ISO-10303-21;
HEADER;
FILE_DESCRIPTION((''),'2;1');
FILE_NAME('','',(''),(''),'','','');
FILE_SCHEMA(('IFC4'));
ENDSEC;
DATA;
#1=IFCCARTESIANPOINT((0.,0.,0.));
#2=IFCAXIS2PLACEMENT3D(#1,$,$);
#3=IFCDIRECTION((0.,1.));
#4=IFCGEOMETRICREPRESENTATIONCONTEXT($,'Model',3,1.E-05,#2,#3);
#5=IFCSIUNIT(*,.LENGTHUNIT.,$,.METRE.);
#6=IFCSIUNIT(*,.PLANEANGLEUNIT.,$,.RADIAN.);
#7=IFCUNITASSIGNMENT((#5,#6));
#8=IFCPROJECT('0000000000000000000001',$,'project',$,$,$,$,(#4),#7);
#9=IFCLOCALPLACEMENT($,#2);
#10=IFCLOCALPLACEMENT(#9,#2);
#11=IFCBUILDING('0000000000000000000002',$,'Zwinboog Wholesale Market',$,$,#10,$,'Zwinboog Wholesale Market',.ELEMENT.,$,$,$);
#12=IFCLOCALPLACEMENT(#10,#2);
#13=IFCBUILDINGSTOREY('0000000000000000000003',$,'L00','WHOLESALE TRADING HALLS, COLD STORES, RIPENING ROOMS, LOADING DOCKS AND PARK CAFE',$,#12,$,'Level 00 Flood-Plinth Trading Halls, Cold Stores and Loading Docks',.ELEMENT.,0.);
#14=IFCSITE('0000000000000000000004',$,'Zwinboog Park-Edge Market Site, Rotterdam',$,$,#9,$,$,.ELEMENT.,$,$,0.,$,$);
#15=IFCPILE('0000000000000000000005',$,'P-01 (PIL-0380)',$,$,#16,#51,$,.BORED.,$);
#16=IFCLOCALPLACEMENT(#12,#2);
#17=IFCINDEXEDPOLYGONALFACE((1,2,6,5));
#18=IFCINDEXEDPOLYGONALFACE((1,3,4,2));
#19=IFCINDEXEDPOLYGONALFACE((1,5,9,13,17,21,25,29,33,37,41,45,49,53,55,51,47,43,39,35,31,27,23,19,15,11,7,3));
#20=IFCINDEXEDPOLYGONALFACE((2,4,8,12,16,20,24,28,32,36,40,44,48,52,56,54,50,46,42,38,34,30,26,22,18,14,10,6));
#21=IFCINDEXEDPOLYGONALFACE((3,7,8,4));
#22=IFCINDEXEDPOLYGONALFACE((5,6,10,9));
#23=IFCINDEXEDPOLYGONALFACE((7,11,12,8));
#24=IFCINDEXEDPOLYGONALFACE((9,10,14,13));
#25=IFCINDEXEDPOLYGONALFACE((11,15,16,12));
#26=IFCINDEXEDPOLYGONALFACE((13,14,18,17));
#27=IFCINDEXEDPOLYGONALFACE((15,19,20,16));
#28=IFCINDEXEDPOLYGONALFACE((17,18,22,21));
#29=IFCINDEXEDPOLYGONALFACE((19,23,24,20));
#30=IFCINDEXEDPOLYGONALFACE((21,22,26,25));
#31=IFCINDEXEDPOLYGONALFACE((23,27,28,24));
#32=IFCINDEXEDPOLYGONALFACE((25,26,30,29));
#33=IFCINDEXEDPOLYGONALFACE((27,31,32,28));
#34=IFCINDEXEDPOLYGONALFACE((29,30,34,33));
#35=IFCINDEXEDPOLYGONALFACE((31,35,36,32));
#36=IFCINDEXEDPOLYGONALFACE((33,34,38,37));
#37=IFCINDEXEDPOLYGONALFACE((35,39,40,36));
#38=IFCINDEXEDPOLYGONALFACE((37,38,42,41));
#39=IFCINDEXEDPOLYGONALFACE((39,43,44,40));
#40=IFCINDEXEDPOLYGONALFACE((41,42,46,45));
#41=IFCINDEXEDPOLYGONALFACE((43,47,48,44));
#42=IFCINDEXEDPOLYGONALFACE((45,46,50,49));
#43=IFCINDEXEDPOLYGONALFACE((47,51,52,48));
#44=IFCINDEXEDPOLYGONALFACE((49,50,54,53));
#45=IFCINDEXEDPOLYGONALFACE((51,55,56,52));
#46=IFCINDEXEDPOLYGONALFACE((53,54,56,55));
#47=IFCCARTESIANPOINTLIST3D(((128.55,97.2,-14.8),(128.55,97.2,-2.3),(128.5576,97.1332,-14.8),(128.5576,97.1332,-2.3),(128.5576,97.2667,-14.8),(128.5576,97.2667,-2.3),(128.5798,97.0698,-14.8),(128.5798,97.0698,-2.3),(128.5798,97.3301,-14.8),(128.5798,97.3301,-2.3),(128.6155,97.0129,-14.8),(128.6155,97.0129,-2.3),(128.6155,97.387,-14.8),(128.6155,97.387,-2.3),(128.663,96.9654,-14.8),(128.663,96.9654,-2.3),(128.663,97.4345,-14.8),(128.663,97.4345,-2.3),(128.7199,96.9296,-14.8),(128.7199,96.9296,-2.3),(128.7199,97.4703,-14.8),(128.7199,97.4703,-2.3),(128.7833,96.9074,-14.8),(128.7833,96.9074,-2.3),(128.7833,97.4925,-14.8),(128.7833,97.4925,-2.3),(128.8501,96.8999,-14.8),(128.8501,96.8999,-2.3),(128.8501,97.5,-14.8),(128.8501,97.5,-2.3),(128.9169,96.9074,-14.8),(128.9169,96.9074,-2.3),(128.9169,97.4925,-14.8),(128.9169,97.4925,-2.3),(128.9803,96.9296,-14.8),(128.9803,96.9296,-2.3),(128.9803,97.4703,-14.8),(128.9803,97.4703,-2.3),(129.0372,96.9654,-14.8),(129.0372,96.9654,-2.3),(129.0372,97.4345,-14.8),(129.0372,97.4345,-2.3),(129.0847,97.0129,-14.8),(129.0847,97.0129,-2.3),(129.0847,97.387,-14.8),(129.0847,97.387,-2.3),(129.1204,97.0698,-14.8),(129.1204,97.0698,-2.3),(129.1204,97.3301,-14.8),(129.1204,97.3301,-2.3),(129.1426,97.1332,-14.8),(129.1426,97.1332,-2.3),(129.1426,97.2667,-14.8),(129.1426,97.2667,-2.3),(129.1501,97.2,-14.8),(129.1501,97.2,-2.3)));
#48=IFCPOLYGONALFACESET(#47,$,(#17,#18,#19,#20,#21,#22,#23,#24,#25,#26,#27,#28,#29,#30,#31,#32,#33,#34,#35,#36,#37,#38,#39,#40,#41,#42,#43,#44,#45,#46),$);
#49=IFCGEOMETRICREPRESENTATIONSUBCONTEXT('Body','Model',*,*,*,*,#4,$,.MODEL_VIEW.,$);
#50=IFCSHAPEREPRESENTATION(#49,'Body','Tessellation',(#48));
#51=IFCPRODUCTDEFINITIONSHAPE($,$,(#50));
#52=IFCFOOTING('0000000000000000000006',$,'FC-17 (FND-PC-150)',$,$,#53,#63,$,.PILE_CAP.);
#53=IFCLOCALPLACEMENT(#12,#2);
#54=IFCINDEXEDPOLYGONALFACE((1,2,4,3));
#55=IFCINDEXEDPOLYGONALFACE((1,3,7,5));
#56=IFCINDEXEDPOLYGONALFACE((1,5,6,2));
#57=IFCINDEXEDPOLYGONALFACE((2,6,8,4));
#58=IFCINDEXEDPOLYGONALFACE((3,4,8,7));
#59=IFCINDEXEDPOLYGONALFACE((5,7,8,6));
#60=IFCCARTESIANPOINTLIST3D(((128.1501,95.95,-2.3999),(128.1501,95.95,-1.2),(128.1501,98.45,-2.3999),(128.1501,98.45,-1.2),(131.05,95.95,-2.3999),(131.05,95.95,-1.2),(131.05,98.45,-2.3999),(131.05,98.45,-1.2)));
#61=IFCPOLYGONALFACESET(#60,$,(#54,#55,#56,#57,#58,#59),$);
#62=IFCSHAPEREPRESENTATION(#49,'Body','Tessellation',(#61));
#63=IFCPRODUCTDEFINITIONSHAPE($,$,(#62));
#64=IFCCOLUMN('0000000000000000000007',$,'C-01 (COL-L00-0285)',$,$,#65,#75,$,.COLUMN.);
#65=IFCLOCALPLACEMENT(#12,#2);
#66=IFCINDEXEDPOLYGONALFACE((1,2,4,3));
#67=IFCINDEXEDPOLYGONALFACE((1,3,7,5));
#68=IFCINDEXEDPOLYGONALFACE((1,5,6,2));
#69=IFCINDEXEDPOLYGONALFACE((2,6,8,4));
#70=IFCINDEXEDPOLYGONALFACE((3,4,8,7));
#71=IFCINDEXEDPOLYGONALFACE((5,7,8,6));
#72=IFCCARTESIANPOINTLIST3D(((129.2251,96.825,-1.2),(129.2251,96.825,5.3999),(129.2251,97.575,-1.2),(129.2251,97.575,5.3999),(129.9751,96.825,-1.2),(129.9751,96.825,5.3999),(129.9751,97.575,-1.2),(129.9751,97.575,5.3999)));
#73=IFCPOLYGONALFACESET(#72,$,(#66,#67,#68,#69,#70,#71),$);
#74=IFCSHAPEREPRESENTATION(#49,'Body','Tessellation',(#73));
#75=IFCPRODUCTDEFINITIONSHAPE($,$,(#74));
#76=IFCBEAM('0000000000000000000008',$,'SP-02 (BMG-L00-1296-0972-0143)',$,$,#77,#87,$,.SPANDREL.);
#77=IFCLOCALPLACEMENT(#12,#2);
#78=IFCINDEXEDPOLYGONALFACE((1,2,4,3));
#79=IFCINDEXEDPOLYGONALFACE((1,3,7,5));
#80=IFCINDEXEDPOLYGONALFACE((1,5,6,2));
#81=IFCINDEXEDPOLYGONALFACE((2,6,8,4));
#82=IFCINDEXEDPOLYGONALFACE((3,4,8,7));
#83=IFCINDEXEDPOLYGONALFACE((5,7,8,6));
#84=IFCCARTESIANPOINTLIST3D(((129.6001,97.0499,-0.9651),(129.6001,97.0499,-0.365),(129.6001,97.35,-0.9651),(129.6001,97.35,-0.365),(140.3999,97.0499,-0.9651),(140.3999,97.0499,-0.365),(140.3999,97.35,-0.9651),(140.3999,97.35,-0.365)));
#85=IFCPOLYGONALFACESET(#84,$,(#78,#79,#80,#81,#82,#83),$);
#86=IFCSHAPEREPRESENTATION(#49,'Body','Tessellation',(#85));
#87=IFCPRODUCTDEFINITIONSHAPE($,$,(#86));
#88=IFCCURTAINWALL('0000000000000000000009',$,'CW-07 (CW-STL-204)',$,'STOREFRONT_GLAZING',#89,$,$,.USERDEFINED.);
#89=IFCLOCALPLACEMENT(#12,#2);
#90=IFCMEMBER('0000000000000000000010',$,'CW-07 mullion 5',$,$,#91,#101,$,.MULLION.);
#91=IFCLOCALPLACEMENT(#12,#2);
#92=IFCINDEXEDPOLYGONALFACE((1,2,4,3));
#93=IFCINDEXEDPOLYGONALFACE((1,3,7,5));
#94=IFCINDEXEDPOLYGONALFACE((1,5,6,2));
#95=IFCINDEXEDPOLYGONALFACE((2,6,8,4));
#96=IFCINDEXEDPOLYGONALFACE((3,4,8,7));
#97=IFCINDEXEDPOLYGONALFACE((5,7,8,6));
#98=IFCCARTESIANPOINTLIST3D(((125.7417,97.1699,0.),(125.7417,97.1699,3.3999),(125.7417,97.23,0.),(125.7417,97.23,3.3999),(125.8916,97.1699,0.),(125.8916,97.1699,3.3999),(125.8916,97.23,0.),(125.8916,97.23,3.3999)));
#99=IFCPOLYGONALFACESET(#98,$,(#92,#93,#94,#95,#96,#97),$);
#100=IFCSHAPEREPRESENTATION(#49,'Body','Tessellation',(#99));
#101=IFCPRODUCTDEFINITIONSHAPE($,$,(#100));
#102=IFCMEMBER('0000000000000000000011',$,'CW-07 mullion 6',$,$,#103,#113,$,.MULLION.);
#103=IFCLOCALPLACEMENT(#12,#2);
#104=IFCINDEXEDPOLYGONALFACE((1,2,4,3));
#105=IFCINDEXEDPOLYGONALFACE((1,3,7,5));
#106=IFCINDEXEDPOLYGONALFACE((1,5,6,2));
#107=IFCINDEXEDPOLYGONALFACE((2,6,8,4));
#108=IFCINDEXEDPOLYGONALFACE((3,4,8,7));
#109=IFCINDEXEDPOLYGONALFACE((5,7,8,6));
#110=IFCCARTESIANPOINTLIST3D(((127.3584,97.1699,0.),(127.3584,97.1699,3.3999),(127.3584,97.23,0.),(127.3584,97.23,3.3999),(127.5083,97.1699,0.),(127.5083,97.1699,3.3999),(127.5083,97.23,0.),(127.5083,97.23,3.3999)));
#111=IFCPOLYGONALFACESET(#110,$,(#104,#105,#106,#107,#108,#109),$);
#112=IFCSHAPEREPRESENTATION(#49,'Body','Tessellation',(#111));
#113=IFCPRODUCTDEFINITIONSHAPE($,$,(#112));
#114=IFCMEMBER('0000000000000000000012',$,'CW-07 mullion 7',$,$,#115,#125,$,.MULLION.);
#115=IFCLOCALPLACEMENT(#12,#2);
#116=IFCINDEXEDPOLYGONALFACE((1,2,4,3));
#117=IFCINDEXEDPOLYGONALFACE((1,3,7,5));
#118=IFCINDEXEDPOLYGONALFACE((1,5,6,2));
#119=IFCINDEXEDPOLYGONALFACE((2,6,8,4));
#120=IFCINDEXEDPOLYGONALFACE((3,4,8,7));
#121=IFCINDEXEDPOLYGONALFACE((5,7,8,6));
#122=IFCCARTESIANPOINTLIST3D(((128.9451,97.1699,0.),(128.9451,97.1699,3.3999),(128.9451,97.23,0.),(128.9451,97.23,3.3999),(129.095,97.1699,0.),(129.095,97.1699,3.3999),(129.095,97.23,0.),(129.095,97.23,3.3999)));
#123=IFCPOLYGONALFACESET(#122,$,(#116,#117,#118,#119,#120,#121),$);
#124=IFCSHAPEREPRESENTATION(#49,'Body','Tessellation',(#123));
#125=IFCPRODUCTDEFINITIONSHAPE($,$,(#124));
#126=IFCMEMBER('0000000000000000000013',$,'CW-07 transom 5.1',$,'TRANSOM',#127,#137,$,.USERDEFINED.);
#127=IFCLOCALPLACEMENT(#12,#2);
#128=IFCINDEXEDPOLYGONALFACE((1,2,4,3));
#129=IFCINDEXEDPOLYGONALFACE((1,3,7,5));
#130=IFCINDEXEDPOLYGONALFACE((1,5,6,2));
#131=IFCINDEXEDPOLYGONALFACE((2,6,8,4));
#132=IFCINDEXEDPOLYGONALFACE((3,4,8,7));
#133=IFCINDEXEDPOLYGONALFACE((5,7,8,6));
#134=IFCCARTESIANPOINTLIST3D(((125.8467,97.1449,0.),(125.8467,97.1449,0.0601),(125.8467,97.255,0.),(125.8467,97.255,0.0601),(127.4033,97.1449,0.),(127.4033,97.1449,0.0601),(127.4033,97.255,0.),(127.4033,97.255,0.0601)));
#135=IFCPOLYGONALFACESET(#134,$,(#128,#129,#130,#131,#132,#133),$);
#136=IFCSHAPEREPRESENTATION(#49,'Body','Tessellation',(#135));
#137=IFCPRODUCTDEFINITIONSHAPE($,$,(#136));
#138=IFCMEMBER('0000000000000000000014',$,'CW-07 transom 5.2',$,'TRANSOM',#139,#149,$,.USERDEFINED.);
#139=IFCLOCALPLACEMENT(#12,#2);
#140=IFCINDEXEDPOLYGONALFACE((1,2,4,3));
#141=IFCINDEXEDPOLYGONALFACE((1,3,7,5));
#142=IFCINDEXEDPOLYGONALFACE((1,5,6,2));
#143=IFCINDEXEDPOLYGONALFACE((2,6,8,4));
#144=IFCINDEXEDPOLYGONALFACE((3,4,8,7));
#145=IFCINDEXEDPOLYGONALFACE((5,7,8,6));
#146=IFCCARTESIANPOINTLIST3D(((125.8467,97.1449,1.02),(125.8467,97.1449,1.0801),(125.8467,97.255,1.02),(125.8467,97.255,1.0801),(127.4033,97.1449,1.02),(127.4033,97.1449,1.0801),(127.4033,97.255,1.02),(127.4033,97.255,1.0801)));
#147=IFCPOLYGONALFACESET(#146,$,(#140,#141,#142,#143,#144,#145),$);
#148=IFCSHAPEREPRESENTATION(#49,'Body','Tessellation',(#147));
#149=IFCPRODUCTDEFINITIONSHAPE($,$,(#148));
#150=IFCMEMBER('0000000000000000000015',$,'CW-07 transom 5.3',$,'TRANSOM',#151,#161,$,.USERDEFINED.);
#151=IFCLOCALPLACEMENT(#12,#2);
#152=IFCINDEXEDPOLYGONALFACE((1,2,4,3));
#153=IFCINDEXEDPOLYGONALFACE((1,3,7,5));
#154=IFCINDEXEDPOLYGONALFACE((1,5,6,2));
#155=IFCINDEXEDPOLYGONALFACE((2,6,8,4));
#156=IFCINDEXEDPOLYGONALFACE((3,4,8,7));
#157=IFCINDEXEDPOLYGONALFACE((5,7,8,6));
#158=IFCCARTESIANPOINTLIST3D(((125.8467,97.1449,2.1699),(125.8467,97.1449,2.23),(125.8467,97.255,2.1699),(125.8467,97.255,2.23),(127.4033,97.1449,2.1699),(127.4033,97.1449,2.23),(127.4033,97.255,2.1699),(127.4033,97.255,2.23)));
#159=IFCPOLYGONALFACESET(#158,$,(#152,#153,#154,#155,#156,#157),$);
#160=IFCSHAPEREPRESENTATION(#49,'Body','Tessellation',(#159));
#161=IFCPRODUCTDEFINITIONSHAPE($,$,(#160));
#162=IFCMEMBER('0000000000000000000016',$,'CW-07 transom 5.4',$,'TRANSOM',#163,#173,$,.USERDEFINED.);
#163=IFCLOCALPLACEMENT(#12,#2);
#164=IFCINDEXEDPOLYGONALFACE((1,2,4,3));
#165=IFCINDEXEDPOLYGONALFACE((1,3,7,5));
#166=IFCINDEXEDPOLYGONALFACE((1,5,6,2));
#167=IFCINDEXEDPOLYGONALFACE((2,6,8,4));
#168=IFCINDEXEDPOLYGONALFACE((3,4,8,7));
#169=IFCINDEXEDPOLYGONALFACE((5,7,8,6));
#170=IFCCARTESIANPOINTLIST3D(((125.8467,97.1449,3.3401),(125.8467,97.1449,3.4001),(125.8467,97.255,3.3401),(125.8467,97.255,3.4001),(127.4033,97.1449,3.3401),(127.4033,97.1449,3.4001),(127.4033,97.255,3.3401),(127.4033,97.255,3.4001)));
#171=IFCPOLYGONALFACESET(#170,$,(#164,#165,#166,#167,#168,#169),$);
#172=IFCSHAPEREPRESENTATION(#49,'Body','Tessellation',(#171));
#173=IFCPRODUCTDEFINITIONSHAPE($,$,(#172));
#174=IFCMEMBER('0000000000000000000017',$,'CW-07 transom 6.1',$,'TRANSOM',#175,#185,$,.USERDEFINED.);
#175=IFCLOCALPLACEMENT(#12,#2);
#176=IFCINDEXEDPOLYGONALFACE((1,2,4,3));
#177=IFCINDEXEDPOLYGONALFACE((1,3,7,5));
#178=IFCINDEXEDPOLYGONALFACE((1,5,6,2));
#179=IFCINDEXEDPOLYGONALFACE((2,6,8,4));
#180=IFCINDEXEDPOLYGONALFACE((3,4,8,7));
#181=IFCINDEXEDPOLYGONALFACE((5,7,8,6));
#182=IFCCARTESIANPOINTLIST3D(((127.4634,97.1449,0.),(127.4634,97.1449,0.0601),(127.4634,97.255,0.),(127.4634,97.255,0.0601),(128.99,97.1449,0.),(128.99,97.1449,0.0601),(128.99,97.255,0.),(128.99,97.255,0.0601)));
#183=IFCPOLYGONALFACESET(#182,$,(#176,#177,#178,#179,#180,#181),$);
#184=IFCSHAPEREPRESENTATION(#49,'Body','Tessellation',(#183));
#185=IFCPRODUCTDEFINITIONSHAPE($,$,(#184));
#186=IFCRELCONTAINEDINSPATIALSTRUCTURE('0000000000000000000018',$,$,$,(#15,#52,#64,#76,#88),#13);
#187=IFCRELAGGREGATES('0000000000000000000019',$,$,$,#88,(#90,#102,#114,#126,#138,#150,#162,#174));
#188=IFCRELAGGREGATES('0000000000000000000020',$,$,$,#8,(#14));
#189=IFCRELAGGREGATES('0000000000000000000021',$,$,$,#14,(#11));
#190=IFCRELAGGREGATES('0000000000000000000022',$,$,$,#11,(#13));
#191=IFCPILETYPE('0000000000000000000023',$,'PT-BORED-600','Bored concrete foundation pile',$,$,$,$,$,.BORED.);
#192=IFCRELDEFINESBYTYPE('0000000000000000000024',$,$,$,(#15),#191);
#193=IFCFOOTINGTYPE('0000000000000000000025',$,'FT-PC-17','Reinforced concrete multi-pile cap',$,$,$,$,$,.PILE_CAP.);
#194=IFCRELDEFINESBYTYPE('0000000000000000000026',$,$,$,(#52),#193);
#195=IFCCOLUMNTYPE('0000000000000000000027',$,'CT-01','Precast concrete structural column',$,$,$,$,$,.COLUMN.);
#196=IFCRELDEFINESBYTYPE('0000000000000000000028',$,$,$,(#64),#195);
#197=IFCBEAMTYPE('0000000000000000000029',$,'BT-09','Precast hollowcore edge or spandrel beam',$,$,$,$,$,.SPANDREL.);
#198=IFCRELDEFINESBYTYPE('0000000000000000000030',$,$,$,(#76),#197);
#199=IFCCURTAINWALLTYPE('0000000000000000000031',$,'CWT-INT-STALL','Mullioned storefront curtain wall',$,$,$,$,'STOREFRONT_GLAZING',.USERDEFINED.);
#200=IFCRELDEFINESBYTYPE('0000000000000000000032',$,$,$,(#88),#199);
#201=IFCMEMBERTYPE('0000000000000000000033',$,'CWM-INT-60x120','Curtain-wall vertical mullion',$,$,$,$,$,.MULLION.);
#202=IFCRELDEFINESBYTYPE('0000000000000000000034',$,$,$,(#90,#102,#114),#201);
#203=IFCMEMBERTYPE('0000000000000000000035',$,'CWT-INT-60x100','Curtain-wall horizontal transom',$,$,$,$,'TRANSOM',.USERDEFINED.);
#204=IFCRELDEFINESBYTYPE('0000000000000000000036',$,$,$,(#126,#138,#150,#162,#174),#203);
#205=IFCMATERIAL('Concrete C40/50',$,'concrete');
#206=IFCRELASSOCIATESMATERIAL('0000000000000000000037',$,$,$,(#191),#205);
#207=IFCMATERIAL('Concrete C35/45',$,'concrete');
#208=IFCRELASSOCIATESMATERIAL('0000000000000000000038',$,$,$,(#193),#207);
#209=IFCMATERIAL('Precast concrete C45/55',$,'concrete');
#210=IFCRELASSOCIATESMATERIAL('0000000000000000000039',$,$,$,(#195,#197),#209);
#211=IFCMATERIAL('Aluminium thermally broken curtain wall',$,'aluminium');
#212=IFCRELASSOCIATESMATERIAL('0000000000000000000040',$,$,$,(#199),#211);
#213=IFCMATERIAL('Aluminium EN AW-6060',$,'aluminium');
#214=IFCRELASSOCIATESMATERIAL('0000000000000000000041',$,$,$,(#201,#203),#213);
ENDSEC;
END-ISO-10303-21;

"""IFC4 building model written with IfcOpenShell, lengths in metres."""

from ifc_helpers import new_model, si_unit, direction, frame, origin, origin_2d, place, context, subcontext, project, spatial, rectangle, circle, extrude, material, material_profile, profile_set, type_object, element, aggregate, save


model = new_model("IFC4")

# Units and contexts
model_context = context("Model", 3, precision=1e-05, world=origin(), true_north=direction((0.0, 1.0)))
body_context = subcontext(model_context, "Body", "Model", "MODEL_VIEW")
ifc_project = project(units=[si_unit("LENGTHUNIT", "METRE"), si_unit("PLANEANGLEUNIT", "RADIAN")], contexts=[model_context])

# Site, building, storey
site_placement = place(None, origin())
site = spatial("IfcSite", under=ifc_project, at=site_placement, Name="Zwinboog Park-Edge Market Site, Rotterdam", CompositionType="ELEMENT", RefElevation=0.0)
building_placement = place(site_placement, origin())
building = spatial("IfcBuilding", under=site, at=building_placement, Name="Zwinboog Wholesale Market", LongName="Zwinboog Wholesale Market", CompositionType="ELEMENT")
storey_placement = place(building_placement, origin())
storey = spatial("IfcBuildingStorey", under=building, at=storey_placement, Name="L00", Description="WHOLESALE TRADING HALLS, COLD STORES, RIPENING ROOMS, LOADING DOCKS AND PARK CAFE", LongName="Level 00 Flood-Plinth Trading Halls, Cold Stores and Loading Docks", CompositionType="ELEMENT", Elevation=0.0)

# Pile
ifc_material_1 = material(Name="Concrete C40/50", Category="concrete")
ifc_material_profile_1 = material_profile(ifc_material_1, circle(Radius=0.3, at=origin_2d()), Name="PILE D600")
ifc_profile_set_1 = profile_set([ifc_material_profile_1], Name="Concrete C40/50")
pile_type = type_object("IfcPileType", Name="PT-BORED-600", Description="Bored concrete foundation pile", PredefinedType="BORED", material=ifc_profile_set_1)
pile_placement = place(storey_placement, frame((128.8501, 97.2, -2.3), z_axis=(0.0, 0.0, -1.0), x_axis=(1.0, 0.0, 0.0)))
element("IfcPile", 1, at=pile_placement, inside=storey, type_object=pile_type, Name="P-01 (PIL-0380)", PredefinedType="BORED", context=body_context, shape_type="SweptSolid", body=[
    extrude(circle(Radius=0.3, at=origin_2d()), origin(), (0.0, 0.0, 1.0), 12.5),
])

# Footing
ifc_material_2 = material(Name="Concrete C35/45", Category="concrete")
footing_type = type_object("IfcFootingType", Name="FT-PC-17", Description="Reinforced concrete multi-pile cap", PredefinedType="PILE_CAP", material=ifc_material_2)
footing_placement = place(storey_placement, frame((129.6001, 97.2, -2.3999), z_axis=(0.0, 0.0, 1.0), x_axis=(1.0, 0.0, 0.0)))
element("IfcFooting", 2, at=footing_placement, inside=storey, type_object=footing_type, Name="FC-17 (FND-PC-150)", PredefinedType="PILE_CAP", context=body_context, shape_type="SweptSolid", body=[
    extrude(rectangle(XDim=2.8999, YDim=2.5, at=origin_2d()), origin(), (0.0, 0.0, 1.0), 1.2),
])

# Column
ifc_material_3 = material(Name="Precast concrete C45/55", Category="concrete")
ifc_material_profile_2 = material_profile(ifc_material_3, rectangle(XDim=0.75, YDim=0.75, at=origin_2d()), Name="PC 750x750")
ifc_profile_set_2 = profile_set([ifc_material_profile_2], Name="Precast concrete C45/55")
column_type = type_object("IfcColumnType", Name="CT-01", Description="Precast concrete structural column", PredefinedType="COLUMN", material=ifc_profile_set_2)
column_placement = place(storey_placement, frame((129.6001, 97.2, -1.2), z_axis=(0.0, 0.0, 1.0), x_axis=(1.0, 0.0, 0.0)))
element("IfcColumn", 3, at=column_placement, inside=storey, type_object=column_type, Name="C-01 (COL-L00-0285)", PredefinedType="COLUMN", context=body_context, shape_type="SweptSolid", body=[
    extrude(rectangle(XDim=0.75, YDim=0.75, at=origin_2d()), origin(), (0.0, 0.0, 1.0), 6.5999),
])

# Beam
ifc_material_profile_3 = material_profile(ifc_material_3, rectangle(XDim=0.3, YDim=0.6001, at=origin_2d()), Name="PC 300x600")
ifc_profile_set_3 = profile_set([ifc_material_profile_3], Name="Precast concrete C45/55")
beam_type = type_object("IfcBeamType", Name="BT-09", Description="Precast hollowcore edge or spandrel beam", PredefinedType="SPANDREL", material=ifc_profile_set_3)
beam_placement = place(storey_placement, frame((129.6001, 97.2, -0.665), z_axis=(1.0, 0.0, 0.0), x_axis=(0.0, 1.0, 0.0)))
element("IfcBeam", 4, at=beam_placement, inside=storey, type_object=beam_type, Name="SP-02 (BMG-L00-1296-0972-0143)", PredefinedType="SPANDREL", context=body_context, shape_type="SweptSolid", body=[
    extrude(rectangle(XDim=0.3, YDim=0.6001, at=origin_2d()), origin(), (0.0, 0.0, 1.0), 10.7998),
])

# Curtain wall, members
ifc_material_4 = material(Name="Aluminium thermally broken curtain wall", Category="aluminium")
curtain_wall_type = type_object("IfcCurtainWallType", Name="CWT-INT-STALL", Description="Mullioned storefront curtain wall", ElementType="STOREFRONT_GLAZING", PredefinedType="USERDEFINED", material=ifc_material_4)
curtain_wall_placement = place(storey_placement, origin())
curtain_wall = element("IfcCurtainWall", 5, at=curtain_wall_placement, inside=storey, type_object=curtain_wall_type, Name="CW-07 (CW-STL-204)", ObjectType="STOREFRONT_GLAZING", PredefinedType="USERDEFINED")
ifc_material_5 = material(Name="Aluminium EN AW-6060", Category="aluminium")
ifc_material_profile_4 = material_profile(ifc_material_5, rectangle(XDim=0.0601, YDim=0.1499, at=origin_2d()), Name="AL 60x150")
ifc_profile_set_4 = profile_set([ifc_material_profile_4], Name="Aluminium EN AW-6060")
member_type_1 = type_object("IfcMemberType", Name="CWM-INT-60x120", Description="Curtain-wall vertical mullion", PredefinedType="MULLION", material=ifc_profile_set_4)
member_1_placement = place(storey_placement, frame((125.8167, 97.2, 0.0), z_axis=(0.0, 0.0, 1.0), x_axis=(0.0, 1.0, 0.0)))
member_1 = element("IfcMember", 6, at=member_1_placement, type_object=member_type_1, Name="CW-07 mullion 5", PredefinedType="MULLION", context=body_context, shape_type="SweptSolid", body=[
    extrude(rectangle(XDim=0.0601, YDim=0.1499, at=origin_2d()), origin(), (0.0, 0.0, 1.0), 3.3999),
])
member_2_placement = place(storey_placement, frame((127.4333, 97.2, 0.0), z_axis=(0.0, 0.0, 1.0), x_axis=(0.0, 1.0, 0.0)))
member_2 = element("IfcMember", 7, at=member_2_placement, type_object=member_type_1, Name="CW-07 mullion 6", PredefinedType="MULLION", context=body_context, shape_type="SweptSolid", body=[
    extrude(rectangle(XDim=0.0601, YDim=0.1499, at=origin_2d()), origin(), (0.0, 0.0, 1.0), 3.3999),
])
member_3_placement = place(storey_placement, frame((129.02, 97.2, 0.0), z_axis=(0.0, 0.0, 1.0), x_axis=(0.0, 1.0, 0.0)))
member_3 = element("IfcMember", 8, at=member_3_placement, type_object=member_type_1, Name="CW-07 mullion 7", PredefinedType="MULLION", context=body_context, shape_type="SweptSolid", body=[
    extrude(rectangle(XDim=0.0601, YDim=0.1499, at=origin_2d()), origin(), (0.0, 0.0, 1.0), 3.3999),
])
ifc_material_profile_5 = material_profile(ifc_material_5, rectangle(XDim=0.1101, YDim=0.0601, at=origin_2d()), Name="AL 60x110")
ifc_profile_set_5 = profile_set([ifc_material_profile_5], Name="Aluminium EN AW-6060")
member_type_2 = type_object("IfcMemberType", Name="CWT-INT-60x100", Description="Curtain-wall horizontal transom", ElementType="TRANSOM", PredefinedType="USERDEFINED", material=ifc_profile_set_5)
member_4_placement = place(storey_placement, frame((125.8467, 97.2, 0.03), z_axis=(1.0, 0.0, 0.0), x_axis=(0.0, 1.0, 0.0)))
member_4 = element("IfcMember", 9, at=member_4_placement, type_object=member_type_2, Name="CW-07 transom 5.1", ObjectType="TRANSOM", PredefinedType="USERDEFINED", context=body_context, shape_type="SweptSolid", body=[
    extrude(rectangle(XDim=0.1101, YDim=0.0601, at=origin_2d()), origin(), (0.0, 0.0, 1.0), 1.5566),
])
member_5_placement = place(storey_placement, frame((125.8467, 97.2, 1.05), z_axis=(1.0, 0.0, 0.0), x_axis=(0.0, 1.0, 0.0)))
member_5 = element("IfcMember", 10, at=member_5_placement, type_object=member_type_2, Name="CW-07 transom 5.2", ObjectType="TRANSOM", PredefinedType="USERDEFINED", context=body_context, shape_type="SweptSolid", body=[
    extrude(rectangle(XDim=0.1101, YDim=0.0601, at=origin_2d()), origin(), (0.0, 0.0, 1.0), 1.5566),
])
member_6_placement = place(storey_placement, frame((125.8467, 97.2, 2.2), z_axis=(1.0, 0.0, 0.0), x_axis=(0.0, 1.0, 0.0)))
member_6 = element("IfcMember", 11, at=member_6_placement, type_object=member_type_2, Name="CW-07 transom 5.3", ObjectType="TRANSOM", PredefinedType="USERDEFINED", context=body_context, shape_type="SweptSolid", body=[
    extrude(rectangle(XDim=0.1101, YDim=0.0601, at=origin_2d()), origin(), (0.0, 0.0, 1.0), 1.5566),
])
member_7_placement = place(storey_placement, frame((125.8467, 97.2, 3.3701), z_axis=(1.0, 0.0, 0.0), x_axis=(0.0, 1.0, 0.0)))
member_7 = element("IfcMember", 12, at=member_7_placement, type_object=member_type_2, Name="CW-07 transom 5.4", ObjectType="TRANSOM", PredefinedType="USERDEFINED", context=body_context, shape_type="SweptSolid", body=[
    extrude(rectangle(XDim=0.1101, YDim=0.0601, at=origin_2d()), origin(), (0.0, 0.0, 1.0), 1.5566),
])
member_8_placement = place(storey_placement, frame((127.4634, 97.2, 0.03), z_axis=(1.0, 0.0, 0.0), x_axis=(0.0, 1.0, 0.0)))
member_8 = element("IfcMember", 13, at=member_8_placement, type_object=member_type_2, Name="CW-07 transom 6.1", ObjectType="TRANSOM", PredefinedType="USERDEFINED", context=body_context, shape_type="SweptSolid", body=[
    extrude(rectangle(XDim=0.1101, YDim=0.0601, at=origin_2d()), origin(), (0.0, 0.0, 1.0), 1.5266),
])
aggregate(curtain_wall, [member_1, member_2, member_3, member_4, member_5, member_6, member_7, member_8])

save(model, "model.ifc")
